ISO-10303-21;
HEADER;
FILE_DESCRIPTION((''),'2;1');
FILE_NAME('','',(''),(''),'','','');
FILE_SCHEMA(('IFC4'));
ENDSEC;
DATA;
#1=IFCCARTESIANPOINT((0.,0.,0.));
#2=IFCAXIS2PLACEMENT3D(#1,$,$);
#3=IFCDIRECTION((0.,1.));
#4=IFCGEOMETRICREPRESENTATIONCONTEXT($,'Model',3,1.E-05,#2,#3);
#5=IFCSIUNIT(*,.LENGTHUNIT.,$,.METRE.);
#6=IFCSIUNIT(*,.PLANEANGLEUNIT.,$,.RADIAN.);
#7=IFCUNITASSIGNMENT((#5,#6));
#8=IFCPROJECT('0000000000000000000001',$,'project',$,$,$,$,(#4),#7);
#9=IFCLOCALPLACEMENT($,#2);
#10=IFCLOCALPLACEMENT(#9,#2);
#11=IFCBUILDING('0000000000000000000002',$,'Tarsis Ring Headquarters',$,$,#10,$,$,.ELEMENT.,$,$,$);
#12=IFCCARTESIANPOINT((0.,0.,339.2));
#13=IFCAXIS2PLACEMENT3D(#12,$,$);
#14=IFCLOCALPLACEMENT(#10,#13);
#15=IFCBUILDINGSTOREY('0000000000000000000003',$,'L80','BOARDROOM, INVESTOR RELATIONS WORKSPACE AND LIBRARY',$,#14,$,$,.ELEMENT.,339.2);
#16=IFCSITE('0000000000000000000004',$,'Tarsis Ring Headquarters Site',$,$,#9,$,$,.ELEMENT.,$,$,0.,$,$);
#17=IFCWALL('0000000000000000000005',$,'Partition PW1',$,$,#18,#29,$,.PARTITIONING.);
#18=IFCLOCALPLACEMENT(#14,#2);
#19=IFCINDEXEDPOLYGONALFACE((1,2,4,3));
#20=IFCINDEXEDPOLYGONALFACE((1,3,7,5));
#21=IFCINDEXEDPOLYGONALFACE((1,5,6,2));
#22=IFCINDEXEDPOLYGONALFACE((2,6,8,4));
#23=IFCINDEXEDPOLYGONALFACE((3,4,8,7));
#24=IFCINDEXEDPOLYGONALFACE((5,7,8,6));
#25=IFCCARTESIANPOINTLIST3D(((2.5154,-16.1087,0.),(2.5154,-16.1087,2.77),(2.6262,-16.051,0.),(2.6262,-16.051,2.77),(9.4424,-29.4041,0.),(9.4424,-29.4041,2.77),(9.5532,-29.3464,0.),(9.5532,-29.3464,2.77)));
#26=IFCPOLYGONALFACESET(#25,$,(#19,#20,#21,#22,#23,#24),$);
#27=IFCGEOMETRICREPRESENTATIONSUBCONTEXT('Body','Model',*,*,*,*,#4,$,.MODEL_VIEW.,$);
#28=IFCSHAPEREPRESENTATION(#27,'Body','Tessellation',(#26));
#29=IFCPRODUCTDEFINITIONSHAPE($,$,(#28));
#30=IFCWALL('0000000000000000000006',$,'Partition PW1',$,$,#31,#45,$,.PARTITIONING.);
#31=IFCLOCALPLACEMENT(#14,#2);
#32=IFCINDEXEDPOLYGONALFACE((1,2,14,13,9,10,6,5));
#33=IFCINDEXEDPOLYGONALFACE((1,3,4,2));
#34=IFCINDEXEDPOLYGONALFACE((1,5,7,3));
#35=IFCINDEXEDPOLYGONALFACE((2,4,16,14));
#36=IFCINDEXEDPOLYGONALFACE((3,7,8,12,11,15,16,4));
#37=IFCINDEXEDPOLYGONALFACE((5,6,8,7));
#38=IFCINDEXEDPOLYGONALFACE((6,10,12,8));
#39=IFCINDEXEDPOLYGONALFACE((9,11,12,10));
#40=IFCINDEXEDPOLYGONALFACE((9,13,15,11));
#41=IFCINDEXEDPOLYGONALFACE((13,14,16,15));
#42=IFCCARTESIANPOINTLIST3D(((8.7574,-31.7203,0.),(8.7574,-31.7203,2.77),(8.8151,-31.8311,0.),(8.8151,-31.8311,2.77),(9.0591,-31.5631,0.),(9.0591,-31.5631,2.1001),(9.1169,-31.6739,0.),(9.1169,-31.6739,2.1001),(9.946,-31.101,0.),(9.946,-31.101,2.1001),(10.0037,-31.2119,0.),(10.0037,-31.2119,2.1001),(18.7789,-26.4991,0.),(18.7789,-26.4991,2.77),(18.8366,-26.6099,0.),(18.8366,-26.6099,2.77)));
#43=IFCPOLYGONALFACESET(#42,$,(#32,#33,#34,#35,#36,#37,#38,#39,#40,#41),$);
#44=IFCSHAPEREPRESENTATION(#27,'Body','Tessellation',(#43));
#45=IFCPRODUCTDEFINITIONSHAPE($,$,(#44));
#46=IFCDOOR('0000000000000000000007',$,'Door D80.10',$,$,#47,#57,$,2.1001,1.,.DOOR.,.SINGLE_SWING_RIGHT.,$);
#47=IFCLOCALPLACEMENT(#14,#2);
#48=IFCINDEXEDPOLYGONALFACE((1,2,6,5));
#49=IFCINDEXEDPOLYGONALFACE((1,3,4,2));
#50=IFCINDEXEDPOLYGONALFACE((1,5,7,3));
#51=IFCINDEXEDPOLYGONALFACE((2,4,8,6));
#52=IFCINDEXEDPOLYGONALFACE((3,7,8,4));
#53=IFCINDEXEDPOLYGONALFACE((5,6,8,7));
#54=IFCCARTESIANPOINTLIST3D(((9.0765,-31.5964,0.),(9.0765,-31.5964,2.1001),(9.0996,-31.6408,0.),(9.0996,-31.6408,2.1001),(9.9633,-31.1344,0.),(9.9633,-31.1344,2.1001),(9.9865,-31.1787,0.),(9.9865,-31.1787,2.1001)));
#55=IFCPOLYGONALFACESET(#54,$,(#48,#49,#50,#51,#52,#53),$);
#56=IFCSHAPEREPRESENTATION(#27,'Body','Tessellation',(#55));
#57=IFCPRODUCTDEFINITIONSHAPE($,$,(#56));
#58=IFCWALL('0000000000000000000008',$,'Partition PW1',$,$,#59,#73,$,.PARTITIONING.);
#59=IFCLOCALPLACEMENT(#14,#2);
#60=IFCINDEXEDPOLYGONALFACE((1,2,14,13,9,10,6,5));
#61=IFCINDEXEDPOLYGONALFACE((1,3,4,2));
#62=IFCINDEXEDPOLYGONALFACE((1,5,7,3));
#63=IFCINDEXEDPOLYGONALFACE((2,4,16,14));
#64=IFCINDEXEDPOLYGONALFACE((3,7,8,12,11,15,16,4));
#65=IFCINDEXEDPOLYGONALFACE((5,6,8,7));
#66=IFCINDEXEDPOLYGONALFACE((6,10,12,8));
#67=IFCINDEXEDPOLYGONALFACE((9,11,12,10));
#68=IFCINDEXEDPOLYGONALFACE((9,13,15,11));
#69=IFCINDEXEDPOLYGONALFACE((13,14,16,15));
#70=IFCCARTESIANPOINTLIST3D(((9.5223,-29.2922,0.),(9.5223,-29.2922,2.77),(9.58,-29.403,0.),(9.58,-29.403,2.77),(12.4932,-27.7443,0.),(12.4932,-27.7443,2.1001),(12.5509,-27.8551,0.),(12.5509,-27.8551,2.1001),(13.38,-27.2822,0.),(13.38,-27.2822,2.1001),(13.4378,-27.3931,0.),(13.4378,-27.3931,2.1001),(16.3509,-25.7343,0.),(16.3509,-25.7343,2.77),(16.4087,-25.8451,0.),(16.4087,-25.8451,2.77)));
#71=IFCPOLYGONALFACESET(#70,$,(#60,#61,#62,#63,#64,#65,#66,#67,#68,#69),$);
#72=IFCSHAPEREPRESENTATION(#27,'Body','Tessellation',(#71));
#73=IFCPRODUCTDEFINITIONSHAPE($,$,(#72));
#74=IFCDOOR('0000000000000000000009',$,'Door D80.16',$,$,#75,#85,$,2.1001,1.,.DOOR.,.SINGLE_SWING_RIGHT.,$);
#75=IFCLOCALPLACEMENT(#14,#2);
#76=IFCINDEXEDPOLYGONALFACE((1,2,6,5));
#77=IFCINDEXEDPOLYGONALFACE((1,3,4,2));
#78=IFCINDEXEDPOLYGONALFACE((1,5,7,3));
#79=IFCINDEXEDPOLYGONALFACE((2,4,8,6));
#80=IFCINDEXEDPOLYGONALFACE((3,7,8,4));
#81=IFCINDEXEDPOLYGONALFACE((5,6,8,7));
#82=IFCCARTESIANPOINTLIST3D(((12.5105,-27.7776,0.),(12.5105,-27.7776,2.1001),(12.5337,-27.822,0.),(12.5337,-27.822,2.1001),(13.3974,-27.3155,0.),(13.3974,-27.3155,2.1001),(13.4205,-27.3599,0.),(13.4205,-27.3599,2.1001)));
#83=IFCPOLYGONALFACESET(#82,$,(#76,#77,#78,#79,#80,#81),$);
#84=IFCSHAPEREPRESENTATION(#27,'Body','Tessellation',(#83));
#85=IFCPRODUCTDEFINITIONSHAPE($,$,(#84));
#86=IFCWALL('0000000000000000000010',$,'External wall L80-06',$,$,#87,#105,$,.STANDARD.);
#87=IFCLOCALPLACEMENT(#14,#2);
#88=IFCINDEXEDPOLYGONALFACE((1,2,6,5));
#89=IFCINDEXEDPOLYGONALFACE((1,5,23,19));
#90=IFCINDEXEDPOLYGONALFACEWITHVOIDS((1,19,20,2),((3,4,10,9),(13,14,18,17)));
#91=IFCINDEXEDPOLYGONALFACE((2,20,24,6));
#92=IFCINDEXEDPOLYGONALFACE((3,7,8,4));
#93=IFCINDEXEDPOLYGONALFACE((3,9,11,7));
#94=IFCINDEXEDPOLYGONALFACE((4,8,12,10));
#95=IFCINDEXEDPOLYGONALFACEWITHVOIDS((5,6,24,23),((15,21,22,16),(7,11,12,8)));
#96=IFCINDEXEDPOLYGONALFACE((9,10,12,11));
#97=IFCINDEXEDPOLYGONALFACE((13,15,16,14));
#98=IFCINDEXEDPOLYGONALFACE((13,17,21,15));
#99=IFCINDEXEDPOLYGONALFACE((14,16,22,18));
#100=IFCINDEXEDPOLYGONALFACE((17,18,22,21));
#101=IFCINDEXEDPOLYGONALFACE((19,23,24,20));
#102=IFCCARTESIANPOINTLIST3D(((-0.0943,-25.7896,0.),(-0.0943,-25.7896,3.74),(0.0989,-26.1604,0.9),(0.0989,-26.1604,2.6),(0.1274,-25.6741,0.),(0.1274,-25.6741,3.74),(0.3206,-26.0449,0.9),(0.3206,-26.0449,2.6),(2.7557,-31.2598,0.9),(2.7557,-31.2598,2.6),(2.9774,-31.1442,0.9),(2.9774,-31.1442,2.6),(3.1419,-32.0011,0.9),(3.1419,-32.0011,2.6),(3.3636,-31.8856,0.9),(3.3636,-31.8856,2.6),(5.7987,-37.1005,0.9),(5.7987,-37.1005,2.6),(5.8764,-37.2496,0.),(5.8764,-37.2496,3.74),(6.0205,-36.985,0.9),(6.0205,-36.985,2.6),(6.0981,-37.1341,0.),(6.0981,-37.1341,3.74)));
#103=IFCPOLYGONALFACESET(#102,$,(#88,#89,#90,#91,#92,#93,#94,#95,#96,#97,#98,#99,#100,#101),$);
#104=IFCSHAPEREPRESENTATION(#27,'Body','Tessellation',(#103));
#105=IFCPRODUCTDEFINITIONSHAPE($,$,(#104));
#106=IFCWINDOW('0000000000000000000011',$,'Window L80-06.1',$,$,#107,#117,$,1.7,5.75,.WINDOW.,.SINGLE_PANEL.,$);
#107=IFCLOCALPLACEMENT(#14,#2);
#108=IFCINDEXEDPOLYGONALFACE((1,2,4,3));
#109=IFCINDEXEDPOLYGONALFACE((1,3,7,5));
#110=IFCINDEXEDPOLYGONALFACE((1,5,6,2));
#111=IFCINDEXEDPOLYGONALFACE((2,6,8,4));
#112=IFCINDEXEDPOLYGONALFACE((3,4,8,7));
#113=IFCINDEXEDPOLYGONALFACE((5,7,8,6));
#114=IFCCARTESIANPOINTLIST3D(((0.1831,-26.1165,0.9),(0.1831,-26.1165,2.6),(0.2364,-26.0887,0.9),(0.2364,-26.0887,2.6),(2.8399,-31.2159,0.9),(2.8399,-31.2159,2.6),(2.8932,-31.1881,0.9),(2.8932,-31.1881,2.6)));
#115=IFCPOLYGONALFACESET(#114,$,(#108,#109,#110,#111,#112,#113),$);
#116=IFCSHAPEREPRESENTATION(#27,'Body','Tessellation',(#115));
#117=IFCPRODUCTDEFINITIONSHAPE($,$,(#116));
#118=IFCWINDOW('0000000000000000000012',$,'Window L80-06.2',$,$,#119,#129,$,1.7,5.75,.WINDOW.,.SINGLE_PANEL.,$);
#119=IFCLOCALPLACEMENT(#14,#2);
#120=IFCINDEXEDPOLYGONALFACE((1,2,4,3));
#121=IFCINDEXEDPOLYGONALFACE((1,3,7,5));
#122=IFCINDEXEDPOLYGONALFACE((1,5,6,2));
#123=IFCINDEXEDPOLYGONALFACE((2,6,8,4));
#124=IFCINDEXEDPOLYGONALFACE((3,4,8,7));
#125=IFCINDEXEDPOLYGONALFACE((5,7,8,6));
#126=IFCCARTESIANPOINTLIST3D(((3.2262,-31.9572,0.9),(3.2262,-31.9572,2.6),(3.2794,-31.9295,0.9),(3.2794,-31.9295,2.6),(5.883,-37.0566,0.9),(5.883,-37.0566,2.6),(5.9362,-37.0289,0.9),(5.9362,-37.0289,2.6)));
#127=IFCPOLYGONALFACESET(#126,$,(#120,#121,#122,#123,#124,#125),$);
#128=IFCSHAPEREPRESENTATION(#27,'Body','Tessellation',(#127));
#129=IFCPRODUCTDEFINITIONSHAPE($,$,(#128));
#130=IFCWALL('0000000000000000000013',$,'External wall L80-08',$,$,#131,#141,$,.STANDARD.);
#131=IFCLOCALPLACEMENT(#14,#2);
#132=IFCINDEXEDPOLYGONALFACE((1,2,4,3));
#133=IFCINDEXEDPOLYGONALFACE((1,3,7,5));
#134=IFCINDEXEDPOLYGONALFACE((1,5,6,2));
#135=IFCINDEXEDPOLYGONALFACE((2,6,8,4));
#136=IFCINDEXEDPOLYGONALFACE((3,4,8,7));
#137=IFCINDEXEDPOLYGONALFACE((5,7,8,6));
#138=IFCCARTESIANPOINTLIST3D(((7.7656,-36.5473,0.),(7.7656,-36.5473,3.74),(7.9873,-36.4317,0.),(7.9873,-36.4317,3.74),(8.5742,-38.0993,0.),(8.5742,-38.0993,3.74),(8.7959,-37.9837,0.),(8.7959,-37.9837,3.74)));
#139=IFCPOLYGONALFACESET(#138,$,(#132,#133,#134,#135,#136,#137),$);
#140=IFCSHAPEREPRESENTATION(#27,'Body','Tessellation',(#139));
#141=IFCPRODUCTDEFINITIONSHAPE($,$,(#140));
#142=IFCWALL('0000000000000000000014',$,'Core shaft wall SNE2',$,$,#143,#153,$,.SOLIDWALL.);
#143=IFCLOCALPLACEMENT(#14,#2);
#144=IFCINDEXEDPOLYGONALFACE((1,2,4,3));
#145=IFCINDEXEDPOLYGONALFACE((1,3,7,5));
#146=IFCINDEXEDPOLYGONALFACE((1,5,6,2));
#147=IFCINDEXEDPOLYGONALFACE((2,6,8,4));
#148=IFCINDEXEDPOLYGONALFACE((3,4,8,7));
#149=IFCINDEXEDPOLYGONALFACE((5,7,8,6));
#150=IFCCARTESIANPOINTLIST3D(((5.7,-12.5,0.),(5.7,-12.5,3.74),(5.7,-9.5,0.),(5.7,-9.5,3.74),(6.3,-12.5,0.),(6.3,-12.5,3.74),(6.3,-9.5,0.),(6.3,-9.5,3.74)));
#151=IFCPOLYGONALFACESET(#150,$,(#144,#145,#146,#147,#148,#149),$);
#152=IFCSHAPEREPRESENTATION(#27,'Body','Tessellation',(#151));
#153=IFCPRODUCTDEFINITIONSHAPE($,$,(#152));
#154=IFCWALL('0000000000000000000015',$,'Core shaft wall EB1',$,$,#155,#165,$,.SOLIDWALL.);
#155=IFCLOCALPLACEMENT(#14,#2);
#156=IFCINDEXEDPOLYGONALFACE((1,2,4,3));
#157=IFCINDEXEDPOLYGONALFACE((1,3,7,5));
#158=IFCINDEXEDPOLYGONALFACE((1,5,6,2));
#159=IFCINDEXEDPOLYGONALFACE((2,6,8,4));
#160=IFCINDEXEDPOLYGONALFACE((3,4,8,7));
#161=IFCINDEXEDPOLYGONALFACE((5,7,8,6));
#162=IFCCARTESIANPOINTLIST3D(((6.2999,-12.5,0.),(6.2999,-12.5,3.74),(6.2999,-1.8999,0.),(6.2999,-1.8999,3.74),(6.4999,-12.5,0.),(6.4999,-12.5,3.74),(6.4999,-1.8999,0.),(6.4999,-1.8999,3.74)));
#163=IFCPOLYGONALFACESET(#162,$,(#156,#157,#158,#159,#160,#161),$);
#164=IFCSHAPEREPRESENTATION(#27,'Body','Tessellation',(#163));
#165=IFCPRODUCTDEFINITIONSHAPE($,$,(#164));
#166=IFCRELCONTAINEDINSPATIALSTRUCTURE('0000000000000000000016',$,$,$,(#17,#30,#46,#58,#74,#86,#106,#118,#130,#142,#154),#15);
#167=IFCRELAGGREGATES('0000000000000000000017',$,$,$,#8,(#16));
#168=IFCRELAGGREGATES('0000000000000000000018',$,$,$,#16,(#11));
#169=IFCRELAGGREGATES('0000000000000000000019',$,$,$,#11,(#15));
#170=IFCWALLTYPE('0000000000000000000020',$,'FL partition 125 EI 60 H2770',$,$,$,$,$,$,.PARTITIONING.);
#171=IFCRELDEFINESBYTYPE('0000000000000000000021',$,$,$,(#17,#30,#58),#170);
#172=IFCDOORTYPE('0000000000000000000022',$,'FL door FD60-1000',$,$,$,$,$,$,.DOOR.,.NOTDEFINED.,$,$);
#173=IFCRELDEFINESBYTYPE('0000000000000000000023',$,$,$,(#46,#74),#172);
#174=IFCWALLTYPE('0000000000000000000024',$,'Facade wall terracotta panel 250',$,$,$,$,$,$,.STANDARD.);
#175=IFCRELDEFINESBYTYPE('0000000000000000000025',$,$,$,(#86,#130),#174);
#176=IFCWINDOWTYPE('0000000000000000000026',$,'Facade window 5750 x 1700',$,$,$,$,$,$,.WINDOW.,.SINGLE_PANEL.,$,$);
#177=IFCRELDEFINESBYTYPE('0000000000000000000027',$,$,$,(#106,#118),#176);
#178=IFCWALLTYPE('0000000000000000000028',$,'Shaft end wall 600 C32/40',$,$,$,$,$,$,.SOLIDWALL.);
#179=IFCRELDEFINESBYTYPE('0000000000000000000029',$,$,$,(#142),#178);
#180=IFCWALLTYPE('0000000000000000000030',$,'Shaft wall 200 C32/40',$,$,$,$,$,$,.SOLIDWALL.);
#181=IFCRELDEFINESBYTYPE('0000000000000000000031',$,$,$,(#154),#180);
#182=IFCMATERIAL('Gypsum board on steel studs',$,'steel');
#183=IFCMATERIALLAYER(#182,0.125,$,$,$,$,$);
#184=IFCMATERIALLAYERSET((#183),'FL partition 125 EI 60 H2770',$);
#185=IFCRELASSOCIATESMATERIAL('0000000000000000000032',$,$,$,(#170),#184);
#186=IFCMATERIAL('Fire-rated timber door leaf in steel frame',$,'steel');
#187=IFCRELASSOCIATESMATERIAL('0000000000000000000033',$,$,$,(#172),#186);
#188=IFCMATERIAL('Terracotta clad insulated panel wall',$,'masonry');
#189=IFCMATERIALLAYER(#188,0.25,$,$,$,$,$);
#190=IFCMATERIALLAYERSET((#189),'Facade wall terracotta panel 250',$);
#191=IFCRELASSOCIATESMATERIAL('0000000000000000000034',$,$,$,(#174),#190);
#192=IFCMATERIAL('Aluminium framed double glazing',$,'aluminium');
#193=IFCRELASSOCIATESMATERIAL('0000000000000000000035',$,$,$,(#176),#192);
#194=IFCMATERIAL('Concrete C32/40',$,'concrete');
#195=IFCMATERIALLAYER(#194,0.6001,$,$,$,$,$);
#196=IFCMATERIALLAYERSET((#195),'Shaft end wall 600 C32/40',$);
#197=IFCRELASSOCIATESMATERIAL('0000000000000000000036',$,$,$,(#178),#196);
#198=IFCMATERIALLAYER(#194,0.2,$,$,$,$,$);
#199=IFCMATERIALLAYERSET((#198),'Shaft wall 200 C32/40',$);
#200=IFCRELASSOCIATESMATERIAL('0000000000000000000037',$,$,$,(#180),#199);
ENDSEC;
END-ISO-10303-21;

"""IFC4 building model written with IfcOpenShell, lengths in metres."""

from ifc_helpers import new_model, si_unit, direction, frame, frame_2d, origin, place, context, subcontext, project, spatial, rectangle, extrude, material, layer, layer_set, type_object, element, fill, save


model = new_model("IFC4")

# Units and contexts
model_context = context("Model", 3, precision=1e-05, world=origin(), true_north=direction((0.0, 1.0)))
body_context = subcontext(model_context, "Body", "Model", "MODEL_VIEW")
ifc_project = project(units=[si_unit("LENGTHUNIT", "METRE"), si_unit("PLANEANGLEUNIT", "RADIAN")], contexts=[model_context])

# Site, building, storey
site_placement = place(None, origin())
site = spatial("IfcSite", under=ifc_project, at=site_placement, Name="Tarsis Ring Headquarters Site", CompositionType="ELEMENT", RefElevation=0.0)
building_placement = place(site_placement, origin())
building = spatial("IfcBuilding", under=site, at=building_placement, Name="Tarsis Ring Headquarters", CompositionType="ELEMENT")
storey_placement = place(building_placement, frame((0.0, 0.0, 339.2)))
storey = spatial("IfcBuildingStorey", under=building, at=storey_placement, Name="L80", Description="BOARDROOM, INVESTOR RELATIONS WORKSPACE AND LIBRARY", CompositionType="ELEMENT", Elevation=339.2)

# Wall
ifc_material_1 = material(Name="Gypsum board on steel studs", Category="steel")
ifc_layer_1 = layer(ifc_material_1, 0.125)
ifc_layer_set_1 = layer_set([ifc_layer_1], Name="FL partition 125 EI 60 H2770")
wall_type_1 = type_object("IfcWallType", Name="FL partition 125 EI 60 H2770", PredefinedType="PARTITIONING", material=ifc_layer_set_1)
wall_1_placement = place(storey_placement, frame((2.5708, -16.0798, 0.0), z_axis=(0.0, 0.0, 1.0), x_axis=(0.462056, -0.886851, 0.0)))
element("IfcWall", 1, at=wall_1_placement, inside=storey, type_object=wall_type_1, Name="Partition PW1", PredefinedType="PARTITIONING", context=body_context, shape_type="SweptSolid", body=[
    extrude(rectangle(XDim=14.9917, YDim=0.125, at=frame_2d((7.4958, 0.0))), origin(), (0.0, 0.0, 1.0), 2.77),
])

# Walls, openings, doors
wall_2_placement = place(storey_placement, frame((8.7864, -31.7756, 0.0), z_axis=(0.0, 0.0, 1.0), x_axis=(0.886854, 0.462051, 0.0)))
wall_2 = element("IfcWall", 2, at=wall_2_placement, inside=storey, type_object=wall_type_1, Name="Partition PW1", PredefinedType="PARTITIONING", context=body_context, shape_type="SweptSolid", body=[
    extrude(rectangle(XDim=11.3, YDim=0.125, at=frame_2d((5.6499, 0.0))), origin(), (0.0, 0.0, 1.0), 2.77),
])
opening_1_placement = place(wall_2_placement, frame((0.3401, 0.0, 0.0)))
opening_1 = element("IfcOpeningElement", 3, at=opening_1_placement, cuts=wall_2, PredefinedType="OPENING", context=body_context, shape_type="SweptSolid", body=[
    extrude(rectangle(XDim=1.0, YDim=2.1001, at=frame_2d((0.5, 1.05))), frame((0.0, 0.0725, 0.0), z_axis=(0.0, -1.0, 0.0), x_axis=(1.0, 0.0, 0.0)), (0.0, 0.0, 1.0), 0.145),
])
ifc_material_2 = material(Name="Fire-rated timber door leaf in steel frame", Category="steel")
door_type_1 = type_object("IfcDoorType", Name="FL door FD60-1000", OperationType="NOTDEFINED", PredefinedType="DOOR", material=ifc_material_2)
door_1_placement = place(opening_1_placement, origin())
door_1 = element("IfcDoor", 4, at=door_1_placement, inside=storey, type_object=door_type_1, Name="Door D80.10", OperationType="SINGLE_SWING_RIGHT", OverallHeight=2.1001, OverallWidth=1.0, PredefinedType="DOOR", context=body_context, shape_type="SweptSolid", body=[
    extrude(rectangle(XDim=1.0, YDim=2.1001, at=frame_2d((0.5, 1.05))), frame((0.0, 0.0249, 0.0), z_axis=(0.0, -1.0, 0.0), x_axis=(1.0, 0.0, 0.0)), (0.0, 0.0, 1.0), 0.05),
])
fill(opening_1, door_1)
wall_3_placement = place(storey_placement, frame((9.551, -29.3477, 0.0), z_axis=(0.0, 0.0, 1.0), x_axis=(0.886845, 0.462066, 0.0)))
wall_3 = element("IfcWall", 5, at=wall_3_placement, inside=storey, type_object=wall_type_1, Name="Partition PW1", PredefinedType="PARTITIONING", context=body_context, shape_type="SweptSolid", body=[
    extrude(rectangle(XDim=7.7, YDim=0.125, at=frame_2d((3.8501, 0.0))), origin(), (0.0, 0.0, 1.0), 2.77),
])
opening_2_placement = place(wall_3_placement, frame((3.3501, 0.0, 0.0)))
opening_2 = element("IfcOpeningElement", 6, at=opening_2_placement, cuts=wall_3, PredefinedType="OPENING", context=body_context, shape_type="SweptSolid", body=[
    extrude(rectangle(XDim=1.0, YDim=2.1001, at=frame_2d((0.5, 1.05))), frame((0.0, 0.0725, 0.0), z_axis=(0.0, -1.0, 0.0), x_axis=(1.0, 0.0, 0.0)), (0.0, 0.0, 1.0), 0.145),
])
door_2_placement = place(opening_2_placement, origin())
door_2 = element("IfcDoor", 7, at=door_2_placement, inside=storey, type_object=door_type_1, Name="Door D80.16", OperationType="SINGLE_SWING_RIGHT", OverallHeight=2.1001, OverallWidth=1.0, PredefinedType="DOOR", context=body_context, shape_type="SweptSolid", body=[
    extrude(rectangle(XDim=1.0, YDim=2.1001, at=frame_2d((0.5, 1.05))), frame((0.0, 0.0249, 0.0), z_axis=(0.0, -1.0, 0.0), x_axis=(1.0, 0.0, 0.0)), (0.0, 0.0, 1.0), 0.05),
])
fill(opening_2, door_2)

# Wall, openings, windows
ifc_material_3 = material(Name="Terracotta clad insulated panel wall", Category="masonry")
ifc_layer_2 = layer(ifc_material_3, 0.25)
ifc_layer_set_2 = layer_set([ifc_layer_2], Name="Facade wall terracotta panel 250")
wall_type_2 = type_object("IfcWallType", Name="Facade wall terracotta panel 250", PredefinedType="STANDARD", material=ifc_layer_set_2)
wall_4_placement = place(storey_placement, frame((0.0166, -25.7319, 0.0), z_axis=(0.0, 0.0, 1.0), x_axis=(0.462055, -0.886852, 0.0)))
wall_4 = element("IfcWall", 8, at=wall_4_placement, inside=storey, type_object=wall_type_2, Name="External wall L80-06", PredefinedType="STANDARD", context=body_context, shape_type="SweptSolid", body=[
    extrude(rectangle(XDim=12.9221, YDim=0.25, at=frame_2d((6.4609, 0.0))), origin(), (0.0, 0.0, 1.0), 3.74),
])
opening_3_placement = place(wall_4_placement, frame((0.418, 0.0, 0.8999)))
opening_3 = element("IfcOpeningElement", 9, at=opening_3_placement, cuts=wall_4, PredefinedType="OPENING", context=body_context, shape_type="SweptSolid", body=[
    extrude(rectangle(XDim=5.75, YDim=1.7, at=frame_2d((2.875, 0.8501))), frame((0.0, 0.135, 0.0), z_axis=(0.0, -1.0, 0.0), x_axis=(1.0, 0.0, 0.0)), (0.0, 0.0, 1.0), 0.27),
])
opening_4_placement = place(wall_4_placement, frame((7.0039, 0.0, 0.8999)))
opening_4 = element("IfcOpeningElement", 10, at=opening_4_placement, cuts=wall_4, PredefinedType="OPENING", context=body_context, shape_type="SweptSolid", body=[
    extrude(rectangle(XDim=5.75, YDim=1.7, at=frame_2d((2.875, 0.8501))), frame((0.0, 0.135, 0.0), z_axis=(0.0, -1.0, 0.0), x_axis=(1.0, 0.0, 0.0)), (0.0, 0.0, 1.0), 0.27),
])
ifc_material_4 = material(Name="Aluminium framed double glazing", Category="aluminium")
window_type = type_object("IfcWindowType", Name="Facade window 5750 x 1700", PartitioningType="SINGLE_PANEL", PredefinedType="WINDOW", material=ifc_material_4)
window_1_placement = place(opening_3_placement, origin())
window_1 = element("IfcWindow", 11, at=window_1_placement, inside=storey, type_object=window_type, Name="Window L80-06.1", OverallHeight=1.7, OverallWidth=5.75, PartitioningType="SINGLE_PANEL", PredefinedType="WINDOW", context=body_context, shape_type="SweptSolid", body=[
    extrude(rectangle(XDim=5.75, YDim=1.7, at=frame_2d((2.875, 0.8501))), frame((0.0, 0.03, 0.0), z_axis=(0.0, -1.0, 0.0), x_axis=(1.0, 0.0, 0.0)), (0.0, 0.0, 1.0), 0.0601),
])
fill(opening_3, window_1)
window_2_placement = place(opening_4_placement, origin())
window_2 = element("IfcWindow", 12, at=window_2_placement, inside=storey, type_object=window_type, Name="Window L80-06.2", OverallHeight=1.7, OverallWidth=5.75, PartitioningType="SINGLE_PANEL", PredefinedType="WINDOW", context=body_context, shape_type="SweptSolid", body=[
    extrude(rectangle(XDim=5.75, YDim=1.7, at=frame_2d((2.875, 0.8501))), frame((0.0, 0.03, 0.0), z_axis=(0.0, -1.0, 0.0), x_axis=(1.0, 0.0, 0.0)), (0.0, 0.0, 1.0), 0.0601),
])
fill(opening_4, window_2)

# Walls
wall_5_placement = place(storey_placement, frame((7.8765, -36.4895, 0.0), z_axis=(0.0, 0.0, 1.0), x_axis=(0.462051, -0.886853, 0.0)))
element("IfcWall", 13, at=wall_5_placement, inside=storey, type_object=wall_type_2, Name="External wall L80-08", PredefinedType="STANDARD", context=body_context, shape_type="SweptSolid", body=[
    extrude(rectangle(XDim=1.75, YDim=0.25, at=frame_2d((0.875, 0.0))), origin(), (0.0, 0.0, 1.0), 3.74),
])
ifc_material_5 = material(Name="Concrete C32/40", Category="concrete")
ifc_layer_3 = layer(ifc_material_5, 0.6001)
ifc_layer_set_3 = layer_set([ifc_layer_3], Name="Shaft end wall 600 C32/40")
wall_type_3 = type_object("IfcWallType", Name="Shaft end wall 600 C32/40", PredefinedType="SOLIDWALL", material=ifc_layer_set_3)
wall_6_placement = place(storey_placement, frame((6.0, -12.5, 0.0), z_axis=(0.0, 0.0, 1.0), x_axis=(0.0, 1.0, 0.0)))
element("IfcWall", 14, at=wall_6_placement, inside=storey, type_object=wall_type_3, Name="Core shaft wall SNE2", PredefinedType="SOLIDWALL", context=body_context, shape_type="SweptSolid", body=[
    extrude(rectangle(XDim=3.0, YDim=0.6001, at=frame_2d((1.5, 0.0))), origin(), (0.0, 0.0, 1.0), 3.74),
])
ifc_layer_4 = layer(ifc_material_5, 0.2)
ifc_layer_set_4 = layer_set([ifc_layer_4], Name="Shaft wall 200 C32/40")
wall_type_4 = type_object("IfcWallType", Name="Shaft wall 200 C32/40", PredefinedType="SOLIDWALL", material=ifc_layer_set_4)
wall_7_placement = place(storey_placement, frame((6.3999, -12.5, 0.0), z_axis=(0.0, 0.0, 1.0), x_axis=(0.0, 1.0, 0.0)))
element("IfcWall", 15, at=wall_7_placement, inside=storey, type_object=wall_type_4, Name="Core shaft wall EB1", PredefinedType="SOLIDWALL", context=body_context, shape_type="SweptSolid", body=[
    extrude(rectangle(XDim=10.6001, YDim=0.2, at=frame_2d((5.3, 0.0))), origin(), (0.0, 0.0, 1.0), 3.74),
])

save(model, "model.ifc")
